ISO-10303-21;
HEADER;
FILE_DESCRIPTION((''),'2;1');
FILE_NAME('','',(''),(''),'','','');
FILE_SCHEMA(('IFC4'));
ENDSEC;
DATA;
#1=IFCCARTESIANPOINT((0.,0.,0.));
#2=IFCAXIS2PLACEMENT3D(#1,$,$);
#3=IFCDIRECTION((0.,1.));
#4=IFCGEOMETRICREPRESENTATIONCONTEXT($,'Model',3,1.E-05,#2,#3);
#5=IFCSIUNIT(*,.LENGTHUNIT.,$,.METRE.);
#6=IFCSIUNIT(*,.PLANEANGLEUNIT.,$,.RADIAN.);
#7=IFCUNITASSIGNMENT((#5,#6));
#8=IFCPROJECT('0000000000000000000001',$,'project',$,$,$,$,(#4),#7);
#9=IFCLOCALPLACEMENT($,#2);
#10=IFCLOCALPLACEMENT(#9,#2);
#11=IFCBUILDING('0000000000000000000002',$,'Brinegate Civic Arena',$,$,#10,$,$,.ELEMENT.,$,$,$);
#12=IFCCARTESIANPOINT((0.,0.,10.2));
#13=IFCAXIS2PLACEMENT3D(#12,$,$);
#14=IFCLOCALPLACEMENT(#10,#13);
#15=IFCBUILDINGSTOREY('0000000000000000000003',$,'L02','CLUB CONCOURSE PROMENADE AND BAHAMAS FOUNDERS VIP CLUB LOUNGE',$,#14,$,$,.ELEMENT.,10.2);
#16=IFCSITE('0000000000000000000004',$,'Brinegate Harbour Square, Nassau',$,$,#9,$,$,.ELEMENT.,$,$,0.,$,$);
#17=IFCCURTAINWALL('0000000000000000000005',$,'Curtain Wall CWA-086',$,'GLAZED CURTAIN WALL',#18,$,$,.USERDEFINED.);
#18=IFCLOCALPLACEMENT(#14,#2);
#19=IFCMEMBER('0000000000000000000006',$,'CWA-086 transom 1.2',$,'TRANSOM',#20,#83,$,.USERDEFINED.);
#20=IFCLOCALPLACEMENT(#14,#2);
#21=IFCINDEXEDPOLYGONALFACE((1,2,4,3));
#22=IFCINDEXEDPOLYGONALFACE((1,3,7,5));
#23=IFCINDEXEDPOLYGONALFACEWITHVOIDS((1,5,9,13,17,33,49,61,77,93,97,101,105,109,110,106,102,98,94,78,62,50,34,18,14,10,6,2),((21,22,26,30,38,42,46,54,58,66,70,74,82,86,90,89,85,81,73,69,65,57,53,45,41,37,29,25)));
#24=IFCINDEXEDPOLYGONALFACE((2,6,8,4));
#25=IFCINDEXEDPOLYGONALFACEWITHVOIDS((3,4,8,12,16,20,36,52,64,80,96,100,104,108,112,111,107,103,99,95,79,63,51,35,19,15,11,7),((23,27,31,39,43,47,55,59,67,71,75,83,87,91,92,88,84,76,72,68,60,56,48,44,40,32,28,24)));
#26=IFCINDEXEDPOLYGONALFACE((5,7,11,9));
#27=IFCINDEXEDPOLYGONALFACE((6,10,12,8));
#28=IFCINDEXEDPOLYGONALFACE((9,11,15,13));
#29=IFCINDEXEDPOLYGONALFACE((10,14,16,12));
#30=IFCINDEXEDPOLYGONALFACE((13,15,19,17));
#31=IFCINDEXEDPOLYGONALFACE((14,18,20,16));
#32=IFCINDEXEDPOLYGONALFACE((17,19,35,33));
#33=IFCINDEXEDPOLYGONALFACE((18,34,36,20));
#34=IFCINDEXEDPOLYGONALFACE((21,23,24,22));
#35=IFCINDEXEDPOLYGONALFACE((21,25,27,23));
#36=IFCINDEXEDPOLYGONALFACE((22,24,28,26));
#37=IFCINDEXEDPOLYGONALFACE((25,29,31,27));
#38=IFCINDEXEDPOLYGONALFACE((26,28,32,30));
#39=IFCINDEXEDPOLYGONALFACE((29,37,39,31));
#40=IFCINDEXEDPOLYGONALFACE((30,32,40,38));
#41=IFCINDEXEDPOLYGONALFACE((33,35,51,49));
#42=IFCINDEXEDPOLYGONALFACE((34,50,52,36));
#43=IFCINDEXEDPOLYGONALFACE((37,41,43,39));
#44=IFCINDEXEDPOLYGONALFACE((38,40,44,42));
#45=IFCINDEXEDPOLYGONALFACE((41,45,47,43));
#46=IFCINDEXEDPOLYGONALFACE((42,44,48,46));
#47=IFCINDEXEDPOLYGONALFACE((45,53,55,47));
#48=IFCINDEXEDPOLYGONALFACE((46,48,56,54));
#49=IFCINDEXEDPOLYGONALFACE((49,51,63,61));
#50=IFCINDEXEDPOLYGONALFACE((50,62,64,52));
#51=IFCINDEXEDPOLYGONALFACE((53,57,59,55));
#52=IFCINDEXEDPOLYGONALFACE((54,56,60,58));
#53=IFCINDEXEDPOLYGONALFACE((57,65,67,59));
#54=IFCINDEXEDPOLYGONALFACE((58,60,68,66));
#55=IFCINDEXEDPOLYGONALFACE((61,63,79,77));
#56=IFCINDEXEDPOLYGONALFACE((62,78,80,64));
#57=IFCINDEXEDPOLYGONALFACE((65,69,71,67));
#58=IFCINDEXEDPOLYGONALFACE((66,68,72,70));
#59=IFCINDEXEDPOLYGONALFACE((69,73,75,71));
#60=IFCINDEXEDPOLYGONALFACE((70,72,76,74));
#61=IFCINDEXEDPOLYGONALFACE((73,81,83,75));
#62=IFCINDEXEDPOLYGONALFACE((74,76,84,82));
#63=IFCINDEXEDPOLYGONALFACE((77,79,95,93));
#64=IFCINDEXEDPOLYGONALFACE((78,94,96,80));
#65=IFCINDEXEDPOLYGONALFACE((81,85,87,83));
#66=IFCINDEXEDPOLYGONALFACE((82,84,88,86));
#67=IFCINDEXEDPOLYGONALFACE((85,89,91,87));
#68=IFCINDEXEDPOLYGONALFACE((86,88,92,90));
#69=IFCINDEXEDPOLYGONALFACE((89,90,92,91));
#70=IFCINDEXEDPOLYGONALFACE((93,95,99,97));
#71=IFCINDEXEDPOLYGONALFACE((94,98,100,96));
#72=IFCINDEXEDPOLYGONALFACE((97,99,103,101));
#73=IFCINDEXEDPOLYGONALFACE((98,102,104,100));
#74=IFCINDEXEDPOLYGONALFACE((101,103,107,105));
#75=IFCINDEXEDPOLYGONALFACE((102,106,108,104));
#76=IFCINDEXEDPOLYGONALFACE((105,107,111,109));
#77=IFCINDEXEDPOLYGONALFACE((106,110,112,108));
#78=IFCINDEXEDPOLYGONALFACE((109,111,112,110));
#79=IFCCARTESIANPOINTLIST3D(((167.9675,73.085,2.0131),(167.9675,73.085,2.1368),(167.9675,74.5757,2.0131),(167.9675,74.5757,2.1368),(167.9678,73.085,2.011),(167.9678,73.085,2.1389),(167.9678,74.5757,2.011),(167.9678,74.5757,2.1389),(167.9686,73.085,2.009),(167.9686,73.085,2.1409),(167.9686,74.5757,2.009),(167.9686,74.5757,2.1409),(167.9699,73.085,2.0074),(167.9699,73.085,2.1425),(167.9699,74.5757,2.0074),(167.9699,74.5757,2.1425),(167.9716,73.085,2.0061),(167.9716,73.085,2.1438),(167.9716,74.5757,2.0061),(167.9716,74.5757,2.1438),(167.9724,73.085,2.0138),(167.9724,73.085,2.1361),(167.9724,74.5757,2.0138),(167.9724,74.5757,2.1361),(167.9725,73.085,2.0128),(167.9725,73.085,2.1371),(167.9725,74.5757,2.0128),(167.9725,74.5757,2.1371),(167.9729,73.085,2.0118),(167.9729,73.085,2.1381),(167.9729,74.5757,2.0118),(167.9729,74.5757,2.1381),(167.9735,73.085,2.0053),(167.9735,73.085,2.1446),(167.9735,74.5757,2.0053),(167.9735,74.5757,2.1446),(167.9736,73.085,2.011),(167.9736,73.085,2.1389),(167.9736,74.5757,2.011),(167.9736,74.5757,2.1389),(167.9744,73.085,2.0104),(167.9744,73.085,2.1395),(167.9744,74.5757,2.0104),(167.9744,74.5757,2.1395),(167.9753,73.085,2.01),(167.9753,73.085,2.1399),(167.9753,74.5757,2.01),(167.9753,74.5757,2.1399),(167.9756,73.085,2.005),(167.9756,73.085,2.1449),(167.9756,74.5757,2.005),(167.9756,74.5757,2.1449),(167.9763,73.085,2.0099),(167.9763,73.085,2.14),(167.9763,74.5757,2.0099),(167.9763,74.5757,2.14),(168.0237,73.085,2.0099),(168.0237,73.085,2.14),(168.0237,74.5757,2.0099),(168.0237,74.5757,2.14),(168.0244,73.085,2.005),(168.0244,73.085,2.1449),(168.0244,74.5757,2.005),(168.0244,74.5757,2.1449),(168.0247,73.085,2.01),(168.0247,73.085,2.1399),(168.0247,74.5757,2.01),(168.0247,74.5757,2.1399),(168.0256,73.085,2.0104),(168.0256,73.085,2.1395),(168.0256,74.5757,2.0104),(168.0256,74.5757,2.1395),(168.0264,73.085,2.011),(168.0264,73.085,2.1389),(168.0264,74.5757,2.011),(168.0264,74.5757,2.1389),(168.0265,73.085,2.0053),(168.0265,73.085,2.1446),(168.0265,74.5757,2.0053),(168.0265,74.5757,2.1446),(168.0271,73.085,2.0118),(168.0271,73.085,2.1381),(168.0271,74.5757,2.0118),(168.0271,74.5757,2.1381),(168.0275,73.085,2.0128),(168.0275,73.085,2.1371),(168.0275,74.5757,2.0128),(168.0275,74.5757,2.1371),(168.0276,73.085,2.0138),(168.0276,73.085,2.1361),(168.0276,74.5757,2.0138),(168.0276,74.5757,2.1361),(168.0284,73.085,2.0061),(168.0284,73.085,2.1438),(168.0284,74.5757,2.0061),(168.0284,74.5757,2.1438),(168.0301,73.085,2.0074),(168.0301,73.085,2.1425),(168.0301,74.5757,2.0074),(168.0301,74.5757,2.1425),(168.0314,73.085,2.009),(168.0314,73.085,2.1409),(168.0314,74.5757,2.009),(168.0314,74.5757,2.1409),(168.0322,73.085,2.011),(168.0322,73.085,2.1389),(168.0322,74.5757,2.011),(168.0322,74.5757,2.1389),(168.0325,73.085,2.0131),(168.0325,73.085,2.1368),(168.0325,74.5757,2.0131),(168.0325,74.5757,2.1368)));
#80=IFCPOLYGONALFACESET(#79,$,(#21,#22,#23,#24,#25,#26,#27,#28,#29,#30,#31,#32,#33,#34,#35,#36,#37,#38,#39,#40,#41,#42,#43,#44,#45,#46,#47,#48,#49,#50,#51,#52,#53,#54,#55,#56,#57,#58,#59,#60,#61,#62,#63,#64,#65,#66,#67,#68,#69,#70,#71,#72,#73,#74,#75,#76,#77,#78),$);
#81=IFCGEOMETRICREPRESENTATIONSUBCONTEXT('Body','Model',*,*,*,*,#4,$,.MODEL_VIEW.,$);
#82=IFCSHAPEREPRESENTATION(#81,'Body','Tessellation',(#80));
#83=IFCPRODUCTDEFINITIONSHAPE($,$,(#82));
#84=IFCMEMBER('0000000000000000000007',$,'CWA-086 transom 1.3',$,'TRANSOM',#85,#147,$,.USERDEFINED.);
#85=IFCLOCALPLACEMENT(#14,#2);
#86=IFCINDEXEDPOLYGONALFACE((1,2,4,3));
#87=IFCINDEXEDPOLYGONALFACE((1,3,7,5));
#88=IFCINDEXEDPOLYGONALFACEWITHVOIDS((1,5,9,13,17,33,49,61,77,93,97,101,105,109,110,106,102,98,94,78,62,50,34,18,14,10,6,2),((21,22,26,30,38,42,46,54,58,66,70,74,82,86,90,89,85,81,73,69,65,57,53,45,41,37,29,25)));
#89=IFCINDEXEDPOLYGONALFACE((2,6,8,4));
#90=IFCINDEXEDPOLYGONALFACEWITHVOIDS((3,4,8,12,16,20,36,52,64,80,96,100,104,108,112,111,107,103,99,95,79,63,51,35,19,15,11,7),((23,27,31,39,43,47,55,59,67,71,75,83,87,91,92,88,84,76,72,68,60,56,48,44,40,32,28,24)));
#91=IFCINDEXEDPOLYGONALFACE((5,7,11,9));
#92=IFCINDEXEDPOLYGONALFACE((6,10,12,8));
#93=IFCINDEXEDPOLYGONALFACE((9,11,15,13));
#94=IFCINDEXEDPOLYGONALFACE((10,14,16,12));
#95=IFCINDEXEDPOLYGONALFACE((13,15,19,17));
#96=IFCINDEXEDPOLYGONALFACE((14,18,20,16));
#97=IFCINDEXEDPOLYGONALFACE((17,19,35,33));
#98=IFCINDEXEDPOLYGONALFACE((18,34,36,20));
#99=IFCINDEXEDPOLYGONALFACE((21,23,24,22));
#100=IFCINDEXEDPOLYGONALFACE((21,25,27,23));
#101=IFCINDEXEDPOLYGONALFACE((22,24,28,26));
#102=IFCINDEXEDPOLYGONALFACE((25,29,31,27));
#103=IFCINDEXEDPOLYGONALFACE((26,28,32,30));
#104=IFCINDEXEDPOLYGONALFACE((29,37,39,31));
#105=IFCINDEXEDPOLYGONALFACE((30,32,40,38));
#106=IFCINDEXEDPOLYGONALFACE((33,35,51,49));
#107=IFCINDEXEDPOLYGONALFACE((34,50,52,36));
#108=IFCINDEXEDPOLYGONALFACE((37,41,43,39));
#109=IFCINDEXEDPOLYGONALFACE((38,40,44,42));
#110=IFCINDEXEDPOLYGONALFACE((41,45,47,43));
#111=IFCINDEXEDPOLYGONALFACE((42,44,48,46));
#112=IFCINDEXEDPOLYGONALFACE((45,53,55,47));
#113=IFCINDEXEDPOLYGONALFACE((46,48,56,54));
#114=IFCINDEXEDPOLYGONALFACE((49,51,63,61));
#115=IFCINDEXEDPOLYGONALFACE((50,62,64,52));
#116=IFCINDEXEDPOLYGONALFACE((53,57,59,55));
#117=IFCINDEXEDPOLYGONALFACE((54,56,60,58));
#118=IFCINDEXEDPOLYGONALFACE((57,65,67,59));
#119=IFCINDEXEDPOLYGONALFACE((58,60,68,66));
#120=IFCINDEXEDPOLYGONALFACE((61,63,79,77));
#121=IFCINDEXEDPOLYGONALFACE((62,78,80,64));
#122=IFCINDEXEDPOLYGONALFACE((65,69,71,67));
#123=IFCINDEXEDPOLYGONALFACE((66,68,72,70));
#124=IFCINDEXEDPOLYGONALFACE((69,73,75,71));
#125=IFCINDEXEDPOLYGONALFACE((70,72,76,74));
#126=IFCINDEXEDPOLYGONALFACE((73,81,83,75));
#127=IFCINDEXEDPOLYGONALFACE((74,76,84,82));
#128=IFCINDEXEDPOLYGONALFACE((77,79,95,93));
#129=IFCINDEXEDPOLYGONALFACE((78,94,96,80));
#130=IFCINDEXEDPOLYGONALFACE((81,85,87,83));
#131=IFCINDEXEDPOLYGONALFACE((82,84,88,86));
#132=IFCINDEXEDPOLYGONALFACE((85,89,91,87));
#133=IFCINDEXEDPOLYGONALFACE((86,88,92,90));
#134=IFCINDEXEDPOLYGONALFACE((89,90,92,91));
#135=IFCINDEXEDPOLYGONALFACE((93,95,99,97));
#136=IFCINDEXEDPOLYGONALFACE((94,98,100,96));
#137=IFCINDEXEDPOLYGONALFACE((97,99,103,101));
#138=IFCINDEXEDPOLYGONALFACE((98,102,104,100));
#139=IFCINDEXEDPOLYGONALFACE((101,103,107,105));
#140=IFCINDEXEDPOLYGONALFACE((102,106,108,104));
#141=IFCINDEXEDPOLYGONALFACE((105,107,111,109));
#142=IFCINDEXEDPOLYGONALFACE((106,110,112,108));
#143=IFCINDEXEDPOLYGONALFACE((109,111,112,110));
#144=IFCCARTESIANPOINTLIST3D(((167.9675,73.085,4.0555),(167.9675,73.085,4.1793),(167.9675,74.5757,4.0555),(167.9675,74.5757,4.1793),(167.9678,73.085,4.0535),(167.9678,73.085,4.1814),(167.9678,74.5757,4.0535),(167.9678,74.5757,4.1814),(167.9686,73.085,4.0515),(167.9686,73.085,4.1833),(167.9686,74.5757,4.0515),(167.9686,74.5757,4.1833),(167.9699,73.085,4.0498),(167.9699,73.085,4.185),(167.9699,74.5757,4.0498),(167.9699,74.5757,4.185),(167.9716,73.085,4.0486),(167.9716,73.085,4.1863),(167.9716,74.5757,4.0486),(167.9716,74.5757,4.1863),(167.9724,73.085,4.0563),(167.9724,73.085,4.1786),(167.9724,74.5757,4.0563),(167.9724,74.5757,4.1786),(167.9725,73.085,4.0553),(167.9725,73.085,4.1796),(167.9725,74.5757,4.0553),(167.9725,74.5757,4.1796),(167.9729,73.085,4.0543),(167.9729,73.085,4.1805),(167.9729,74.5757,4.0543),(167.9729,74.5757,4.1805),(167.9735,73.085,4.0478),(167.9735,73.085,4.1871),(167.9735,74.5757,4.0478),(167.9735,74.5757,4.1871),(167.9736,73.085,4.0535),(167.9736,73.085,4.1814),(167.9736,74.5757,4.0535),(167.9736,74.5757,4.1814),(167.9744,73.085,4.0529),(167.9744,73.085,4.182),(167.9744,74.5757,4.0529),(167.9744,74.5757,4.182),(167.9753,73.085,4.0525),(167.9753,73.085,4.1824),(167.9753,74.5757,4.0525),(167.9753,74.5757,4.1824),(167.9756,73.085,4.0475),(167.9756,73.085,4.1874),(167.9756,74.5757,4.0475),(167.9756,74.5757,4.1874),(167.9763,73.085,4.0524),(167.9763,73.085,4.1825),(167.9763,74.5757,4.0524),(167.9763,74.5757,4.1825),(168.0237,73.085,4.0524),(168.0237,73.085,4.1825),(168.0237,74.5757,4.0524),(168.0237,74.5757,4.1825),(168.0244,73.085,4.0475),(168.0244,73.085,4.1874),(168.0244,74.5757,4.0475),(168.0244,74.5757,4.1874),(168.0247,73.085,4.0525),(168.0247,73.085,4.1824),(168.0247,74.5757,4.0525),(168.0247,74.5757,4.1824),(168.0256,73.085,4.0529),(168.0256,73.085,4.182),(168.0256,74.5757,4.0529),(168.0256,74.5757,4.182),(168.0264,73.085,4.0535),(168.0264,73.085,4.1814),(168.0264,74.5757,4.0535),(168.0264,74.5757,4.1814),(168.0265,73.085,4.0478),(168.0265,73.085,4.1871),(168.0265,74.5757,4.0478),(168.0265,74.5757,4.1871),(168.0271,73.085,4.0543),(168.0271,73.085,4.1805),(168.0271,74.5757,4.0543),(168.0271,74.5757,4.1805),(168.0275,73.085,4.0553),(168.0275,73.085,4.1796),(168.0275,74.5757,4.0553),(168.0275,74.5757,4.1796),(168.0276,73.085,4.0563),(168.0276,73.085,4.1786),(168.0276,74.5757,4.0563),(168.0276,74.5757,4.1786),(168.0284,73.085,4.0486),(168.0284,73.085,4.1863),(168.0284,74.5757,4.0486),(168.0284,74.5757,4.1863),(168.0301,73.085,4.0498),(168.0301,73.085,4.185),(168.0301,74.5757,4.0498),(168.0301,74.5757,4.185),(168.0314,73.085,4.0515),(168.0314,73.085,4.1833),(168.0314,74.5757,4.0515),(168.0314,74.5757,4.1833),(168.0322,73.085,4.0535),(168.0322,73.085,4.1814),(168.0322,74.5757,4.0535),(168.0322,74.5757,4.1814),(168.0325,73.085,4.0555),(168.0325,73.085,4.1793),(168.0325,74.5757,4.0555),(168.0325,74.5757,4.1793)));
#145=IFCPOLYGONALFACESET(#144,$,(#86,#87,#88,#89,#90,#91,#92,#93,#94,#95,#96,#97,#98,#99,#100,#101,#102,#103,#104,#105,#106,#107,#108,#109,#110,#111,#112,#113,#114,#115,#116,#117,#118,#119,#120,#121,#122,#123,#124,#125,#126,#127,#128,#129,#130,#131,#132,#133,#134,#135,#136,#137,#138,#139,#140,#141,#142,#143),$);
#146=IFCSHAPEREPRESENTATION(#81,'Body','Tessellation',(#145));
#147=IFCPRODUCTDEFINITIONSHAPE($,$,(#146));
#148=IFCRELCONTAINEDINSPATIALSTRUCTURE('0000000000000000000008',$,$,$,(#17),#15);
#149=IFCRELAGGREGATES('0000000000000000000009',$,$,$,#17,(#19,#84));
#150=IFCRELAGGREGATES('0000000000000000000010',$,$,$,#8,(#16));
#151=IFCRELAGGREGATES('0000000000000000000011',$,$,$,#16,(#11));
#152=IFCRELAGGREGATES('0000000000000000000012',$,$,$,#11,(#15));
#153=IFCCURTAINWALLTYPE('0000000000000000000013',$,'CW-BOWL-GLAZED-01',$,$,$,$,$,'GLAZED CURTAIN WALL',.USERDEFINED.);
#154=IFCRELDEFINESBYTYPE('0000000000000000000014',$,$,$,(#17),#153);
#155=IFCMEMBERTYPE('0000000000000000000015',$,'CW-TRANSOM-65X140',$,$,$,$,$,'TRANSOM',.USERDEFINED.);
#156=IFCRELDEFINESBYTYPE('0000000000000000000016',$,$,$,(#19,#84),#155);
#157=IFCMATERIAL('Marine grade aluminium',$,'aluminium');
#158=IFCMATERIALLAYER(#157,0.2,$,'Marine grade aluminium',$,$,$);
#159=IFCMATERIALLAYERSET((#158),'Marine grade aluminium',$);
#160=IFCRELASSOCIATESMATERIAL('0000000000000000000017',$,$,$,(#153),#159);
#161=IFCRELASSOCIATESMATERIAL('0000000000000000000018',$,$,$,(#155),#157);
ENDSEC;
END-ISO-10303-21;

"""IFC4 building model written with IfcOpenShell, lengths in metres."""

from ifc_helpers import new_model, si_unit, direction, frame, origin, origin_2d, place, context, subcontext, project, spatial, hollow_rectangle, extrude, material, layer, layer_set, material_profile, profile_set, type_object, element, aggregate, save


model = new_model("IFC4")

# Units and contexts
model_context = context("Model", 3, precision=1e-05, world=origin(), true_north=direction((0.0, 1.0)))
body_context = subcontext(model_context, "Body", "Model", "MODEL_VIEW")
ifc_project = project(units=[si_unit("LENGTHUNIT", "METRE"), si_unit("PLANEANGLEUNIT", "RADIAN")], contexts=[model_context])

# Site, building, storey
site_placement = place(None, origin())
site = spatial("IfcSite", under=ifc_project, at=site_placement, Name="Brinegate Harbour Square, Nassau", CompositionType="ELEMENT", RefElevation=0.0)
building_placement = place(site_placement, origin())
building = spatial("IfcBuilding", under=site, at=building_placement, Name="Brinegate Civic Arena", CompositionType="ELEMENT")
storey_placement = place(building_placement, frame((0.0, 0.0, 10.2)))
storey = spatial("IfcBuildingStorey", under=building, at=storey_placement, Name="L02", Description="CLUB CONCOURSE PROMENADE AND BAHAMAS FOUNDERS VIP CLUB LOUNGE", CompositionType="ELEMENT", Elevation=10.2)

# Shared definitions
ifc_material_1 = material(Name="Marine grade aluminium", Category="aluminium")
ifc_layer_1 = layer(ifc_material_1, 0.2, Name="Marine grade aluminium")
ifc_layer_set_1 = layer_set([ifc_layer_1], Name="Marine grade aluminium")
curtain_wall_type = type_object("IfcCurtainWallType", Name="CW-BOWL-GLAZED-01", ElementType="GLAZED CURTAIN WALL", PredefinedType="USERDEFINED", material=ifc_layer_set_1)

# Curtain wall, members
curtain_wall_1_placement = place(storey_placement, origin())
curtain_wall_1 = element("IfcCurtainWall", 1, at=curtain_wall_1_placement, inside=storey, type_object=curtain_wall_type, Name="Curtain Wall CWA-086", ObjectType="GLAZED CURTAIN WALL", PredefinedType="USERDEFINED")
ifc_material_profile_1 = material_profile(ifc_material_1, hollow_rectangle(XDim=0.0649, YDim=0.1399, WallThickness=0.0049, InnerFilletRadius=0.0039, OuterFilletRadius=0.0081, at=origin_2d()), Name="TRN65X140")
ifc_profile_set_1 = profile_set([ifc_material_profile_1], Name="Marine grade aluminium")
member_type_1 = type_object("IfcMemberType", Name="CW-TRANSOM-65X140", ElementType="TRANSOM", PredefinedType="USERDEFINED", material=ifc_profile_set_1)
member_1_placement = place(storey_placement, frame((168.0, 73.085, 2.075), z_axis=(0.0, 1.0, 0.0), x_axis=(-1.0, 0.0, 0.0)))
member_1 = element("IfcMember", 2, at=member_1_placement, type_object=member_type_1, Name="CWA-086 transom 1.2", ObjectType="TRANSOM", PredefinedType="USERDEFINED", context=body_context, shape_type="SweptSolid", body=[
    extrude(hollow_rectangle(XDim=0.0649, YDim=0.1399, WallThickness=0.0049, InnerFilletRadius=0.0039, OuterFilletRadius=0.0081, at=origin_2d()), origin(), (0.0, 0.0, 1.0), 1.4907),
])
member_2_placement = place(storey_placement, frame((168.0, 73.085, 4.1174), z_axis=(0.0, 1.0, 0.0), x_axis=(-1.0, 0.0, 0.0)))
member_2 = element("IfcMember", 3, at=member_2_placement, type_object=member_type_1, Name="CWA-086 transom 1.3", ObjectType="TRANSOM", PredefinedType="USERDEFINED", context=body_context, shape_type="SweptSolid", body=[
    extrude(hollow_rectangle(XDim=0.0649, YDim=0.1399, WallThickness=0.0049, InnerFilletRadius=0.0039, OuterFilletRadius=0.0081, at=origin_2d()), origin(), (0.0, 0.0, 1.0), 1.4907),
])

aggregate(curtain_wall_1, [member_1, member_2])

save(model, "model.ifc")
